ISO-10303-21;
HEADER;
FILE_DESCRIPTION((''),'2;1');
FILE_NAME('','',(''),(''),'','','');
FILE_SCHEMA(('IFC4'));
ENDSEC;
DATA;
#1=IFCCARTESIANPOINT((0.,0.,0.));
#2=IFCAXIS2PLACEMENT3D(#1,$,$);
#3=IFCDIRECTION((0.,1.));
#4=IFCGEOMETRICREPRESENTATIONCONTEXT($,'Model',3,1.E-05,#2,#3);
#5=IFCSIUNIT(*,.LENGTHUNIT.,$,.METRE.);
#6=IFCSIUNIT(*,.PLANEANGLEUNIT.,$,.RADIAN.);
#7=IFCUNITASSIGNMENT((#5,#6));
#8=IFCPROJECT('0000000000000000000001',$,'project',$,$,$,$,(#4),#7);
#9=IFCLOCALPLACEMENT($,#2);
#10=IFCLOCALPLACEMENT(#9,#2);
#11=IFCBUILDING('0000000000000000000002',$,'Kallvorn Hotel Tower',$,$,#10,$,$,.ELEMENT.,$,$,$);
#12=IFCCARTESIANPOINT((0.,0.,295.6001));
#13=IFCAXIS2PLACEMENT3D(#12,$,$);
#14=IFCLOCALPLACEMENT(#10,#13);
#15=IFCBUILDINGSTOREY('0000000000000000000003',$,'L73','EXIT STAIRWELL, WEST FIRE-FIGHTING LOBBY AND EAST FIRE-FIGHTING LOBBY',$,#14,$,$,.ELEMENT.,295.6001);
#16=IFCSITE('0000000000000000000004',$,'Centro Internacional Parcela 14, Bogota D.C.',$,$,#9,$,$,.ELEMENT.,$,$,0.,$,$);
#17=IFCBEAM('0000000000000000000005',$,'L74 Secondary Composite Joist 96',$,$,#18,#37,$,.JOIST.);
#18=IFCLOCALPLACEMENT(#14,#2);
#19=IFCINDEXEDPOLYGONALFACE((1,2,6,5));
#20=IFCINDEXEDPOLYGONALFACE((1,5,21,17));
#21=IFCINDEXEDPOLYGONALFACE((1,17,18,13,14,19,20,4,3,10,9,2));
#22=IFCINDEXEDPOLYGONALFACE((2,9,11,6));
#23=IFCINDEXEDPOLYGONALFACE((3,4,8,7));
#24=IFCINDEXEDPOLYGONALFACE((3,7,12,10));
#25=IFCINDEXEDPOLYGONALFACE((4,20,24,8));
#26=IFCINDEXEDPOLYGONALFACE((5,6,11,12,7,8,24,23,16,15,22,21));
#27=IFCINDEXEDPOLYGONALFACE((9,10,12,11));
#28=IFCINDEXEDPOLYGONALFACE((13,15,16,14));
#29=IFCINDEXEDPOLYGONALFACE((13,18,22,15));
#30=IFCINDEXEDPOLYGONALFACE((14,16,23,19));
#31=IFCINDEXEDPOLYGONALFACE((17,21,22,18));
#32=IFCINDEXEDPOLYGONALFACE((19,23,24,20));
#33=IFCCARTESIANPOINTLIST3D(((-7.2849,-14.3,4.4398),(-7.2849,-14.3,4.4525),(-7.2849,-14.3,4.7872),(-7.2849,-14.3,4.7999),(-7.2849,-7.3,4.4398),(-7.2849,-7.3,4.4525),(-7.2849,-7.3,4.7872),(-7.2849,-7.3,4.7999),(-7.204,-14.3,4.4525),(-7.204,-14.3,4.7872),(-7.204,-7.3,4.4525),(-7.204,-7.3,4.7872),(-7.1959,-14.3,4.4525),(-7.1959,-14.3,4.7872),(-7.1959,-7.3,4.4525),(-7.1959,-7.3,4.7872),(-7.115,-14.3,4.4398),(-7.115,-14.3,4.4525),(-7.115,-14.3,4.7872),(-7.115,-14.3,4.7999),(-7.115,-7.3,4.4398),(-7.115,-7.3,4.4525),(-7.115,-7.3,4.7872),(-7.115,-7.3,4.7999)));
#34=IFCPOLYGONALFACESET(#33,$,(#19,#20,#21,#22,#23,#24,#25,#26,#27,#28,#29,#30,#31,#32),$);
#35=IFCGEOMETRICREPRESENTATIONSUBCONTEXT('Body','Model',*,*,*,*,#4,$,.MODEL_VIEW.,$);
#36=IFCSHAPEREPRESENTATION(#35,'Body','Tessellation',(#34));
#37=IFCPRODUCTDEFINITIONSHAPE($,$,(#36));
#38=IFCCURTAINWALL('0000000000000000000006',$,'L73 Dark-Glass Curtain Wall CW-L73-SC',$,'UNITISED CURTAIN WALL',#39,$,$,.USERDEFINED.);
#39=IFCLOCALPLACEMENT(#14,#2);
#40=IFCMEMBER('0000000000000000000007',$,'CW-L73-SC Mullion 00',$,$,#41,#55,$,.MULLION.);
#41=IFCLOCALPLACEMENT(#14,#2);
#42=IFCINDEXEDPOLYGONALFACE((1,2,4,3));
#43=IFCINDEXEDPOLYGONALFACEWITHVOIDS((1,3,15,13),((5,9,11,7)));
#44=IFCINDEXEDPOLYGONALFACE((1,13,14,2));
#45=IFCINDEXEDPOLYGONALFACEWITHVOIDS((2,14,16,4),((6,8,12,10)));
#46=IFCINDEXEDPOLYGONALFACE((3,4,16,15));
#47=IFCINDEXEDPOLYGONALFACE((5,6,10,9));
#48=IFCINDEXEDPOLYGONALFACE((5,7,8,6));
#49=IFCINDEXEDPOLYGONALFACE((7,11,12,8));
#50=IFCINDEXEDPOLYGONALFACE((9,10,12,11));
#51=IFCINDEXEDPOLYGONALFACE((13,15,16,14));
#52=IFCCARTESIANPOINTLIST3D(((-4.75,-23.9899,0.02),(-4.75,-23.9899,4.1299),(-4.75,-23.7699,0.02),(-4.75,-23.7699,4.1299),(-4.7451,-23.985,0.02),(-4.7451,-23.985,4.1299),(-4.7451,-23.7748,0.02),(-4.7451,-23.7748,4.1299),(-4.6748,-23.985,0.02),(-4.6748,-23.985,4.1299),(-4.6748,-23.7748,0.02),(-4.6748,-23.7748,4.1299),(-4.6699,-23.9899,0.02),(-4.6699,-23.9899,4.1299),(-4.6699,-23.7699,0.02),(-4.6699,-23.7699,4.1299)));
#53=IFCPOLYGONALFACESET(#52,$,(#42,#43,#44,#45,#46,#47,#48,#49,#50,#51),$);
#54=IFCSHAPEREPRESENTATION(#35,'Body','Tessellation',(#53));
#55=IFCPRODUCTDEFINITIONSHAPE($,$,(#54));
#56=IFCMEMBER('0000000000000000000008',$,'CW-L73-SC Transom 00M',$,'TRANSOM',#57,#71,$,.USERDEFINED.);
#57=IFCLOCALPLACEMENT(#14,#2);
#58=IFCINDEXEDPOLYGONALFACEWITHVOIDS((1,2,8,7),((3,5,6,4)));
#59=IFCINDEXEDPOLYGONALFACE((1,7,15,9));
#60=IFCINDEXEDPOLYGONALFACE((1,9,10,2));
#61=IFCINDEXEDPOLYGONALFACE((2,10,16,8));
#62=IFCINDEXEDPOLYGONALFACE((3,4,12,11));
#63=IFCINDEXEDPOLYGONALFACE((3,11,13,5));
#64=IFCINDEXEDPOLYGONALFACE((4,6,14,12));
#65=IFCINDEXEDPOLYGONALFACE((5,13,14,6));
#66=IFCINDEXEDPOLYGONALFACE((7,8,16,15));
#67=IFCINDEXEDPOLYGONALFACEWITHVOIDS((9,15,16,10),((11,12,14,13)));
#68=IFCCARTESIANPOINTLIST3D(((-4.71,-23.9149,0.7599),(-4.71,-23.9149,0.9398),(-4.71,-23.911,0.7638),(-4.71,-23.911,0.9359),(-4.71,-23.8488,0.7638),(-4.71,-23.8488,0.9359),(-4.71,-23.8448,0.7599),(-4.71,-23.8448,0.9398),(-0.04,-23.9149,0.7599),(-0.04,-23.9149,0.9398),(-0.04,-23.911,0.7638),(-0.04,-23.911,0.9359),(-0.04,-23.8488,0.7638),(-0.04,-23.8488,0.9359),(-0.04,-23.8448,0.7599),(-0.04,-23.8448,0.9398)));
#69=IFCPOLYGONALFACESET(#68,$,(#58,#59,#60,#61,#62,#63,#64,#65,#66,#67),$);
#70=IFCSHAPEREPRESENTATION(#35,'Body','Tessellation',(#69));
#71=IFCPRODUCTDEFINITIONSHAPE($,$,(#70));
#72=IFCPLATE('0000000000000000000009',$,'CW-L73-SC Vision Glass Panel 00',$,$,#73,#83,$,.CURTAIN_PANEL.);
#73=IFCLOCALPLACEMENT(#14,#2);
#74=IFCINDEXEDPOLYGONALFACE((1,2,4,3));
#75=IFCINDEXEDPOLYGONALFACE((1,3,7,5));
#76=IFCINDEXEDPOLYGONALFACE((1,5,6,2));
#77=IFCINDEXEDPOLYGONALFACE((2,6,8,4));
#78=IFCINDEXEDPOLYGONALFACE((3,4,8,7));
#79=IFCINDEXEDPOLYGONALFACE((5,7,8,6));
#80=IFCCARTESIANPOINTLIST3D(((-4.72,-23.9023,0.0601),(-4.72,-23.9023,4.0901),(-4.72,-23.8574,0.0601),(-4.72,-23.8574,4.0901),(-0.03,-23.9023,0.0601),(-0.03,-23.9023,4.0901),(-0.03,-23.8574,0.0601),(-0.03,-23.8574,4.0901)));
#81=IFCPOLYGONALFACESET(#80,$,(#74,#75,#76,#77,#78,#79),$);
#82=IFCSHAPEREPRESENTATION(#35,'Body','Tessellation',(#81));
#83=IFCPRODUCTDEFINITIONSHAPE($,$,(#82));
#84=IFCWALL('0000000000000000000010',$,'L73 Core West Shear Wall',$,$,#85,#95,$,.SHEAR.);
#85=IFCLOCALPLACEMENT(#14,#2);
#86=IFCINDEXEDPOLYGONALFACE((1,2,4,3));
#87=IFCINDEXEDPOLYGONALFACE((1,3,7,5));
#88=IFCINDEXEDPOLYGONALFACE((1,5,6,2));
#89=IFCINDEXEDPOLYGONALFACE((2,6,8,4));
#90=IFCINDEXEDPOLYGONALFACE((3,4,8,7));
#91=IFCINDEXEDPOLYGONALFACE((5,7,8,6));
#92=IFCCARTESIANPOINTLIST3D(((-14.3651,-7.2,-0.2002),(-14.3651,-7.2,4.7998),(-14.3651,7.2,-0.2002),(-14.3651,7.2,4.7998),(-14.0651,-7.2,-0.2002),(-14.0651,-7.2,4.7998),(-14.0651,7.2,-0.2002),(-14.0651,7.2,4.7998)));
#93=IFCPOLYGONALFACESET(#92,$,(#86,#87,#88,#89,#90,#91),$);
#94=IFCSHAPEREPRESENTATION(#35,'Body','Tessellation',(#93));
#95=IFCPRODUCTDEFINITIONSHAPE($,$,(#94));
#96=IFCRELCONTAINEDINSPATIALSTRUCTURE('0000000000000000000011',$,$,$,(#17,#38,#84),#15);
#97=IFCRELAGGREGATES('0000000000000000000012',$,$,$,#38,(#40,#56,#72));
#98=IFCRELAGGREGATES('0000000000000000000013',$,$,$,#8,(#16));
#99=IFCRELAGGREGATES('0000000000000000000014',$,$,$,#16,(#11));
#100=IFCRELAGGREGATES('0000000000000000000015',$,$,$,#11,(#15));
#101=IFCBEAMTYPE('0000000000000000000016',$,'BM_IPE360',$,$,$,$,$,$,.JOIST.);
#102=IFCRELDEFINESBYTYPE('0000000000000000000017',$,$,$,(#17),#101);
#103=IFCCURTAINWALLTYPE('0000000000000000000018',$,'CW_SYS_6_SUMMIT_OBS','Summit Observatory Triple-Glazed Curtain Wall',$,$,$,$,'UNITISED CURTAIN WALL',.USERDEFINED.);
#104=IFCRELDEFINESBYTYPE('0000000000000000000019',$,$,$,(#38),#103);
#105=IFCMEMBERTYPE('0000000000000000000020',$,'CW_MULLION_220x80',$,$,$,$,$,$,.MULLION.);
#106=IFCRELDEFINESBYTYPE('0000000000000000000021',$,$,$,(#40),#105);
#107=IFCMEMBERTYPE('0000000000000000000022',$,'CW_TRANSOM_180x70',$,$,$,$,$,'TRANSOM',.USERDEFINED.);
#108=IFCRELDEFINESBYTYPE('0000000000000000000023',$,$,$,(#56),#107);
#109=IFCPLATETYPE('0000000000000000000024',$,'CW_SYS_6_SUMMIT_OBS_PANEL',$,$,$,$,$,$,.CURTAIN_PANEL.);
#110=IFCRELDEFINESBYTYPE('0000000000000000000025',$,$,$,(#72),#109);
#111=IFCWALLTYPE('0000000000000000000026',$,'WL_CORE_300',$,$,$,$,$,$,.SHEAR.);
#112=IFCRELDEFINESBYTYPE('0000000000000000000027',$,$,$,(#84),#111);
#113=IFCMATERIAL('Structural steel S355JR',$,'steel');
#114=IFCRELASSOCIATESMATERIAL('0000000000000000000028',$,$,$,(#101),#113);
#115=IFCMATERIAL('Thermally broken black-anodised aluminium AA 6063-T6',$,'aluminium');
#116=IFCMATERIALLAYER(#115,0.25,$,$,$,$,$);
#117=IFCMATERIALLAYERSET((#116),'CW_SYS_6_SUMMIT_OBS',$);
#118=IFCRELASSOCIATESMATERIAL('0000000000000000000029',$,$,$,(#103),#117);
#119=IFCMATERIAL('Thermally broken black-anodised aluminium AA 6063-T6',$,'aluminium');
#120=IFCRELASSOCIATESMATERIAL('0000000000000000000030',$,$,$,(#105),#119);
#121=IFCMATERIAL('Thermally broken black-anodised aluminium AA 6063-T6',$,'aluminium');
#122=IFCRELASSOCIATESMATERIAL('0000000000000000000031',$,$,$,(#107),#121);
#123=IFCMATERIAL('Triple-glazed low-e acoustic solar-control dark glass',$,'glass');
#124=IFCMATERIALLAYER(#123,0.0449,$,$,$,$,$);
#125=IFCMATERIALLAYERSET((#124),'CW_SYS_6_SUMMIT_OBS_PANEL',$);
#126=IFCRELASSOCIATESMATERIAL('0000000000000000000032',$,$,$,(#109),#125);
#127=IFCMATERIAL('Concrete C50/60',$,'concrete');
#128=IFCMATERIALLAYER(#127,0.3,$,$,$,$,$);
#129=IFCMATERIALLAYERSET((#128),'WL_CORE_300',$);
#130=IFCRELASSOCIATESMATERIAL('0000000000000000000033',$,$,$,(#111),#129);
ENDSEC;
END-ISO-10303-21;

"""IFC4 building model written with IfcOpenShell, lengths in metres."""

from ifc_helpers import new_model, si_unit, direction, frame, frame_2d, origin, origin_2d, place, context, subcontext, project, spatial, rectangle, hollow_rectangle, i_section, extrude, material, layer, layer_set, material_profile, profile_set, type_object, element, aggregate, save


model = new_model("IFC4")

# Units and contexts
model_context = context("Model", 3, precision=1e-05, world=origin(), true_north=direction((0.0, 1.0)))
body_context = subcontext(model_context, "Body", "Model", "MODEL_VIEW")
ifc_project = project(units=[si_unit("LENGTHUNIT", "METRE"), si_unit("PLANEANGLEUNIT", "RADIAN")], contexts=[model_context])

# Site, building, storey
site_placement = place(None, origin())
site = spatial("IfcSite", under=ifc_project, at=site_placement, Name="Centro Internacional Parcela 14, Bogota D.C.", CompositionType="ELEMENT", RefElevation=0.0)
building_placement = place(site_placement, origin())
building = spatial("IfcBuilding", under=site, at=building_placement, Name="Kallvorn Hotel Tower", CompositionType="ELEMENT")
storey_placement = place(building_placement, frame((0.0, 0.0, 295.6001)))
storey = spatial("IfcBuildingStorey", under=building, at=storey_placement, Name="L73", Description="EXIT STAIRWELL, WEST FIRE-FIGHTING LOBBY AND EAST FIRE-FIGHTING LOBBY", CompositionType="ELEMENT", Elevation=295.6001)

# Beam
ifc_material_1 = material(Name="Structural steel S355JR", Category="steel")
ifc_material_profile_1 = material_profile(ifc_material_1, i_section(OverallWidth=0.1699, OverallDepth=0.3601, WebThickness=0.0081, FlangeThickness=0.0127, at=origin_2d()), Name="IPE 360")
ifc_profile_set_1 = profile_set([ifc_material_profile_1], Name="Structural steel S355JR")
beam_type_1 = type_object("IfcBeamType", Name="BM_IPE360", PredefinedType="JOIST", material=ifc_profile_set_1)
for number, where, z_axis, x_axis, name in (
    (1, (-7.2, -14.3, 4.6199), (0.0, 1.0, 0.0), (-1.0, 0.0, 0.0), "L74 Secondary Composite Joist 96"),
):
    element("IfcBeam", number, at=place(storey_placement, frame(where, z_axis=z_axis, x_axis=x_axis)), inside=storey, type_object=beam_type_1, Name=name, PredefinedType="JOIST", context=body_context, shape_type="SweptSolid", body=[
        extrude(i_section(OverallWidth=0.1699, OverallDepth=0.3601, WebThickness=0.0081, FlangeThickness=0.0127, at=origin_2d()), origin(), (0.0, 0.0, 1.0), 7.0),
    ])

# Curtain wall, members, plate
ifc_material_2 = material(Name="Thermally broken black-anodised aluminium AA 6063-T6", Category="aluminium")
ifc_layer_1 = layer(ifc_material_2, 0.25)
ifc_layer_set_1 = layer_set([ifc_layer_1], Name="CW_SYS_6_SUMMIT_OBS")
curtain_wall_type = type_object("IfcCurtainWallType", Name="CW_SYS_6_SUMMIT_OBS", Description="Summit Observatory Triple-Glazed Curtain Wall", ElementType="UNITISED CURTAIN WALL", PredefinedType="USERDEFINED", material=ifc_layer_set_1)
curtain_wall_placement = place(storey_placement, origin())
curtain_wall = element("IfcCurtainWall", 2, at=curtain_wall_placement, inside=storey, type_object=curtain_wall_type, Name="L73 Dark-Glass Curtain Wall CW-L73-SC", ObjectType="UNITISED CURTAIN WALL", PredefinedType="USERDEFINED")
ifc_material_3 = material(Name="Thermally broken black-anodised aluminium AA 6063-T6", Category="aluminium")
ifc_material_profile_2 = material_profile(ifc_material_3, hollow_rectangle(XDim=0.0801, YDim=0.22, WallThickness=0.0049, at=origin_2d()), Name="MUL 220x80")
ifc_profile_set_2 = profile_set([ifc_material_profile_2], Name="Thermally broken black-anodised aluminium AA 6063-T6")
member_type_1 = type_object("IfcMemberType", Name="CW_MULLION_220x80", PredefinedType="MULLION", material=ifc_profile_set_2)
member_1_placement = place(storey_placement, frame((-4.71, -23.8799, 0.02), z_axis=(0.0, 0.0, 1.0), x_axis=(1.0, 0.0, 0.0)))
member_1 = element("IfcMember", 3, at=member_1_placement, type_object=member_type_1, Name="CW-L73-SC Mullion 00", PredefinedType="MULLION", context=body_context, shape_type="SweptSolid", body=[
    extrude(hollow_rectangle(XDim=0.0801, YDim=0.22, WallThickness=0.0049, at=origin_2d()), origin(), (0.0, 0.0, 1.0), 4.1099),
])
ifc_material_4 = material(Name="Thermally broken black-anodised aluminium AA 6063-T6", Category="aluminium")
ifc_material_profile_3 = material_profile(ifc_material_4, hollow_rectangle(XDim=0.0701, YDim=0.1799, WallThickness=0.0039, at=origin_2d()), Name="TRN 180x70")
ifc_profile_set_3 = profile_set([ifc_material_profile_3], Name="Thermally broken black-anodised aluminium AA 6063-T6")
member_type_2 = type_object("IfcMemberType", Name="CW_TRANSOM_180x70", ElementType="TRANSOM", PredefinedType="USERDEFINED", material=ifc_profile_set_3)
member_2_placement = place(storey_placement, frame((-4.71, -23.8799, 0.8499), z_axis=(1.0, 0.0, 0.0), x_axis=(0.0, 1.0, 0.0)))
member_2 = element("IfcMember", 4, at=member_2_placement, type_object=member_type_2, Name="CW-L73-SC Transom 00M", ObjectType="TRANSOM", PredefinedType="USERDEFINED", context=body_context, shape_type="SweptSolid", body=[
    extrude(hollow_rectangle(XDim=0.0701, YDim=0.1799, WallThickness=0.0039, at=origin_2d()), origin(), (0.0, 0.0, 1.0), 4.6699),
])
ifc_material_5 = material(Name="Triple-glazed low-e acoustic solar-control dark glass", Category="glass")
ifc_layer_2 = layer(ifc_material_5, 0.0449)
ifc_layer_set_2 = layer_set([ifc_layer_2], Name="CW_SYS_6_SUMMIT_OBS_PANEL")
plate_type = type_object("IfcPlateType", Name="CW_SYS_6_SUMMIT_OBS_PANEL", PredefinedType="CURTAIN_PANEL", material=ifc_layer_set_2)
plate_placement = place(storey_placement, frame((-2.375, -23.8799, 0.0601), z_axis=(0.0, 0.0, 1.0), x_axis=(1.0, 0.0, 0.0)))
plate = element("IfcPlate", 5, at=plate_placement, type_object=plate_type, Name="CW-L73-SC Vision Glass Panel 00", PredefinedType="CURTAIN_PANEL", context=body_context, shape_type="SweptSolid", body=[
    extrude(rectangle(XDim=4.6899, YDim=0.0449, at=origin_2d()), origin(), (0.0, 0.0, 1.0), 4.03),
])
aggregate(curtain_wall, [member_1, member_2, plate])

# Wall
ifc_material_6 = material(Name="Concrete C50/60", Category="concrete")
ifc_layer_3 = layer(ifc_material_6, 0.3)
ifc_layer_set_3 = layer_set([ifc_layer_3], Name="WL_CORE_300")
wall_type = type_object("IfcWallType", Name="WL_CORE_300", PredefinedType="SHEAR", material=ifc_layer_set_3)
wall_placement = place(storey_placement, frame((-14.2151, -7.2, -0.2002), z_axis=(0.0, 0.0, 1.0), x_axis=(0.0, 1.0, 0.0)))
element("IfcWall", 6, at=wall_placement, inside=storey, type_object=wall_type, Name="L73 Core West Shear Wall", PredefinedType="SHEAR", context=body_context, shape_type="SweptSolid", body=[
    extrude(rectangle(XDim=14.3999, YDim=0.3, at=frame_2d((7.2, 0.0))), origin(), (0.0, 0.0, 1.0), 5.0),
])

save(model, "model.ifc")
